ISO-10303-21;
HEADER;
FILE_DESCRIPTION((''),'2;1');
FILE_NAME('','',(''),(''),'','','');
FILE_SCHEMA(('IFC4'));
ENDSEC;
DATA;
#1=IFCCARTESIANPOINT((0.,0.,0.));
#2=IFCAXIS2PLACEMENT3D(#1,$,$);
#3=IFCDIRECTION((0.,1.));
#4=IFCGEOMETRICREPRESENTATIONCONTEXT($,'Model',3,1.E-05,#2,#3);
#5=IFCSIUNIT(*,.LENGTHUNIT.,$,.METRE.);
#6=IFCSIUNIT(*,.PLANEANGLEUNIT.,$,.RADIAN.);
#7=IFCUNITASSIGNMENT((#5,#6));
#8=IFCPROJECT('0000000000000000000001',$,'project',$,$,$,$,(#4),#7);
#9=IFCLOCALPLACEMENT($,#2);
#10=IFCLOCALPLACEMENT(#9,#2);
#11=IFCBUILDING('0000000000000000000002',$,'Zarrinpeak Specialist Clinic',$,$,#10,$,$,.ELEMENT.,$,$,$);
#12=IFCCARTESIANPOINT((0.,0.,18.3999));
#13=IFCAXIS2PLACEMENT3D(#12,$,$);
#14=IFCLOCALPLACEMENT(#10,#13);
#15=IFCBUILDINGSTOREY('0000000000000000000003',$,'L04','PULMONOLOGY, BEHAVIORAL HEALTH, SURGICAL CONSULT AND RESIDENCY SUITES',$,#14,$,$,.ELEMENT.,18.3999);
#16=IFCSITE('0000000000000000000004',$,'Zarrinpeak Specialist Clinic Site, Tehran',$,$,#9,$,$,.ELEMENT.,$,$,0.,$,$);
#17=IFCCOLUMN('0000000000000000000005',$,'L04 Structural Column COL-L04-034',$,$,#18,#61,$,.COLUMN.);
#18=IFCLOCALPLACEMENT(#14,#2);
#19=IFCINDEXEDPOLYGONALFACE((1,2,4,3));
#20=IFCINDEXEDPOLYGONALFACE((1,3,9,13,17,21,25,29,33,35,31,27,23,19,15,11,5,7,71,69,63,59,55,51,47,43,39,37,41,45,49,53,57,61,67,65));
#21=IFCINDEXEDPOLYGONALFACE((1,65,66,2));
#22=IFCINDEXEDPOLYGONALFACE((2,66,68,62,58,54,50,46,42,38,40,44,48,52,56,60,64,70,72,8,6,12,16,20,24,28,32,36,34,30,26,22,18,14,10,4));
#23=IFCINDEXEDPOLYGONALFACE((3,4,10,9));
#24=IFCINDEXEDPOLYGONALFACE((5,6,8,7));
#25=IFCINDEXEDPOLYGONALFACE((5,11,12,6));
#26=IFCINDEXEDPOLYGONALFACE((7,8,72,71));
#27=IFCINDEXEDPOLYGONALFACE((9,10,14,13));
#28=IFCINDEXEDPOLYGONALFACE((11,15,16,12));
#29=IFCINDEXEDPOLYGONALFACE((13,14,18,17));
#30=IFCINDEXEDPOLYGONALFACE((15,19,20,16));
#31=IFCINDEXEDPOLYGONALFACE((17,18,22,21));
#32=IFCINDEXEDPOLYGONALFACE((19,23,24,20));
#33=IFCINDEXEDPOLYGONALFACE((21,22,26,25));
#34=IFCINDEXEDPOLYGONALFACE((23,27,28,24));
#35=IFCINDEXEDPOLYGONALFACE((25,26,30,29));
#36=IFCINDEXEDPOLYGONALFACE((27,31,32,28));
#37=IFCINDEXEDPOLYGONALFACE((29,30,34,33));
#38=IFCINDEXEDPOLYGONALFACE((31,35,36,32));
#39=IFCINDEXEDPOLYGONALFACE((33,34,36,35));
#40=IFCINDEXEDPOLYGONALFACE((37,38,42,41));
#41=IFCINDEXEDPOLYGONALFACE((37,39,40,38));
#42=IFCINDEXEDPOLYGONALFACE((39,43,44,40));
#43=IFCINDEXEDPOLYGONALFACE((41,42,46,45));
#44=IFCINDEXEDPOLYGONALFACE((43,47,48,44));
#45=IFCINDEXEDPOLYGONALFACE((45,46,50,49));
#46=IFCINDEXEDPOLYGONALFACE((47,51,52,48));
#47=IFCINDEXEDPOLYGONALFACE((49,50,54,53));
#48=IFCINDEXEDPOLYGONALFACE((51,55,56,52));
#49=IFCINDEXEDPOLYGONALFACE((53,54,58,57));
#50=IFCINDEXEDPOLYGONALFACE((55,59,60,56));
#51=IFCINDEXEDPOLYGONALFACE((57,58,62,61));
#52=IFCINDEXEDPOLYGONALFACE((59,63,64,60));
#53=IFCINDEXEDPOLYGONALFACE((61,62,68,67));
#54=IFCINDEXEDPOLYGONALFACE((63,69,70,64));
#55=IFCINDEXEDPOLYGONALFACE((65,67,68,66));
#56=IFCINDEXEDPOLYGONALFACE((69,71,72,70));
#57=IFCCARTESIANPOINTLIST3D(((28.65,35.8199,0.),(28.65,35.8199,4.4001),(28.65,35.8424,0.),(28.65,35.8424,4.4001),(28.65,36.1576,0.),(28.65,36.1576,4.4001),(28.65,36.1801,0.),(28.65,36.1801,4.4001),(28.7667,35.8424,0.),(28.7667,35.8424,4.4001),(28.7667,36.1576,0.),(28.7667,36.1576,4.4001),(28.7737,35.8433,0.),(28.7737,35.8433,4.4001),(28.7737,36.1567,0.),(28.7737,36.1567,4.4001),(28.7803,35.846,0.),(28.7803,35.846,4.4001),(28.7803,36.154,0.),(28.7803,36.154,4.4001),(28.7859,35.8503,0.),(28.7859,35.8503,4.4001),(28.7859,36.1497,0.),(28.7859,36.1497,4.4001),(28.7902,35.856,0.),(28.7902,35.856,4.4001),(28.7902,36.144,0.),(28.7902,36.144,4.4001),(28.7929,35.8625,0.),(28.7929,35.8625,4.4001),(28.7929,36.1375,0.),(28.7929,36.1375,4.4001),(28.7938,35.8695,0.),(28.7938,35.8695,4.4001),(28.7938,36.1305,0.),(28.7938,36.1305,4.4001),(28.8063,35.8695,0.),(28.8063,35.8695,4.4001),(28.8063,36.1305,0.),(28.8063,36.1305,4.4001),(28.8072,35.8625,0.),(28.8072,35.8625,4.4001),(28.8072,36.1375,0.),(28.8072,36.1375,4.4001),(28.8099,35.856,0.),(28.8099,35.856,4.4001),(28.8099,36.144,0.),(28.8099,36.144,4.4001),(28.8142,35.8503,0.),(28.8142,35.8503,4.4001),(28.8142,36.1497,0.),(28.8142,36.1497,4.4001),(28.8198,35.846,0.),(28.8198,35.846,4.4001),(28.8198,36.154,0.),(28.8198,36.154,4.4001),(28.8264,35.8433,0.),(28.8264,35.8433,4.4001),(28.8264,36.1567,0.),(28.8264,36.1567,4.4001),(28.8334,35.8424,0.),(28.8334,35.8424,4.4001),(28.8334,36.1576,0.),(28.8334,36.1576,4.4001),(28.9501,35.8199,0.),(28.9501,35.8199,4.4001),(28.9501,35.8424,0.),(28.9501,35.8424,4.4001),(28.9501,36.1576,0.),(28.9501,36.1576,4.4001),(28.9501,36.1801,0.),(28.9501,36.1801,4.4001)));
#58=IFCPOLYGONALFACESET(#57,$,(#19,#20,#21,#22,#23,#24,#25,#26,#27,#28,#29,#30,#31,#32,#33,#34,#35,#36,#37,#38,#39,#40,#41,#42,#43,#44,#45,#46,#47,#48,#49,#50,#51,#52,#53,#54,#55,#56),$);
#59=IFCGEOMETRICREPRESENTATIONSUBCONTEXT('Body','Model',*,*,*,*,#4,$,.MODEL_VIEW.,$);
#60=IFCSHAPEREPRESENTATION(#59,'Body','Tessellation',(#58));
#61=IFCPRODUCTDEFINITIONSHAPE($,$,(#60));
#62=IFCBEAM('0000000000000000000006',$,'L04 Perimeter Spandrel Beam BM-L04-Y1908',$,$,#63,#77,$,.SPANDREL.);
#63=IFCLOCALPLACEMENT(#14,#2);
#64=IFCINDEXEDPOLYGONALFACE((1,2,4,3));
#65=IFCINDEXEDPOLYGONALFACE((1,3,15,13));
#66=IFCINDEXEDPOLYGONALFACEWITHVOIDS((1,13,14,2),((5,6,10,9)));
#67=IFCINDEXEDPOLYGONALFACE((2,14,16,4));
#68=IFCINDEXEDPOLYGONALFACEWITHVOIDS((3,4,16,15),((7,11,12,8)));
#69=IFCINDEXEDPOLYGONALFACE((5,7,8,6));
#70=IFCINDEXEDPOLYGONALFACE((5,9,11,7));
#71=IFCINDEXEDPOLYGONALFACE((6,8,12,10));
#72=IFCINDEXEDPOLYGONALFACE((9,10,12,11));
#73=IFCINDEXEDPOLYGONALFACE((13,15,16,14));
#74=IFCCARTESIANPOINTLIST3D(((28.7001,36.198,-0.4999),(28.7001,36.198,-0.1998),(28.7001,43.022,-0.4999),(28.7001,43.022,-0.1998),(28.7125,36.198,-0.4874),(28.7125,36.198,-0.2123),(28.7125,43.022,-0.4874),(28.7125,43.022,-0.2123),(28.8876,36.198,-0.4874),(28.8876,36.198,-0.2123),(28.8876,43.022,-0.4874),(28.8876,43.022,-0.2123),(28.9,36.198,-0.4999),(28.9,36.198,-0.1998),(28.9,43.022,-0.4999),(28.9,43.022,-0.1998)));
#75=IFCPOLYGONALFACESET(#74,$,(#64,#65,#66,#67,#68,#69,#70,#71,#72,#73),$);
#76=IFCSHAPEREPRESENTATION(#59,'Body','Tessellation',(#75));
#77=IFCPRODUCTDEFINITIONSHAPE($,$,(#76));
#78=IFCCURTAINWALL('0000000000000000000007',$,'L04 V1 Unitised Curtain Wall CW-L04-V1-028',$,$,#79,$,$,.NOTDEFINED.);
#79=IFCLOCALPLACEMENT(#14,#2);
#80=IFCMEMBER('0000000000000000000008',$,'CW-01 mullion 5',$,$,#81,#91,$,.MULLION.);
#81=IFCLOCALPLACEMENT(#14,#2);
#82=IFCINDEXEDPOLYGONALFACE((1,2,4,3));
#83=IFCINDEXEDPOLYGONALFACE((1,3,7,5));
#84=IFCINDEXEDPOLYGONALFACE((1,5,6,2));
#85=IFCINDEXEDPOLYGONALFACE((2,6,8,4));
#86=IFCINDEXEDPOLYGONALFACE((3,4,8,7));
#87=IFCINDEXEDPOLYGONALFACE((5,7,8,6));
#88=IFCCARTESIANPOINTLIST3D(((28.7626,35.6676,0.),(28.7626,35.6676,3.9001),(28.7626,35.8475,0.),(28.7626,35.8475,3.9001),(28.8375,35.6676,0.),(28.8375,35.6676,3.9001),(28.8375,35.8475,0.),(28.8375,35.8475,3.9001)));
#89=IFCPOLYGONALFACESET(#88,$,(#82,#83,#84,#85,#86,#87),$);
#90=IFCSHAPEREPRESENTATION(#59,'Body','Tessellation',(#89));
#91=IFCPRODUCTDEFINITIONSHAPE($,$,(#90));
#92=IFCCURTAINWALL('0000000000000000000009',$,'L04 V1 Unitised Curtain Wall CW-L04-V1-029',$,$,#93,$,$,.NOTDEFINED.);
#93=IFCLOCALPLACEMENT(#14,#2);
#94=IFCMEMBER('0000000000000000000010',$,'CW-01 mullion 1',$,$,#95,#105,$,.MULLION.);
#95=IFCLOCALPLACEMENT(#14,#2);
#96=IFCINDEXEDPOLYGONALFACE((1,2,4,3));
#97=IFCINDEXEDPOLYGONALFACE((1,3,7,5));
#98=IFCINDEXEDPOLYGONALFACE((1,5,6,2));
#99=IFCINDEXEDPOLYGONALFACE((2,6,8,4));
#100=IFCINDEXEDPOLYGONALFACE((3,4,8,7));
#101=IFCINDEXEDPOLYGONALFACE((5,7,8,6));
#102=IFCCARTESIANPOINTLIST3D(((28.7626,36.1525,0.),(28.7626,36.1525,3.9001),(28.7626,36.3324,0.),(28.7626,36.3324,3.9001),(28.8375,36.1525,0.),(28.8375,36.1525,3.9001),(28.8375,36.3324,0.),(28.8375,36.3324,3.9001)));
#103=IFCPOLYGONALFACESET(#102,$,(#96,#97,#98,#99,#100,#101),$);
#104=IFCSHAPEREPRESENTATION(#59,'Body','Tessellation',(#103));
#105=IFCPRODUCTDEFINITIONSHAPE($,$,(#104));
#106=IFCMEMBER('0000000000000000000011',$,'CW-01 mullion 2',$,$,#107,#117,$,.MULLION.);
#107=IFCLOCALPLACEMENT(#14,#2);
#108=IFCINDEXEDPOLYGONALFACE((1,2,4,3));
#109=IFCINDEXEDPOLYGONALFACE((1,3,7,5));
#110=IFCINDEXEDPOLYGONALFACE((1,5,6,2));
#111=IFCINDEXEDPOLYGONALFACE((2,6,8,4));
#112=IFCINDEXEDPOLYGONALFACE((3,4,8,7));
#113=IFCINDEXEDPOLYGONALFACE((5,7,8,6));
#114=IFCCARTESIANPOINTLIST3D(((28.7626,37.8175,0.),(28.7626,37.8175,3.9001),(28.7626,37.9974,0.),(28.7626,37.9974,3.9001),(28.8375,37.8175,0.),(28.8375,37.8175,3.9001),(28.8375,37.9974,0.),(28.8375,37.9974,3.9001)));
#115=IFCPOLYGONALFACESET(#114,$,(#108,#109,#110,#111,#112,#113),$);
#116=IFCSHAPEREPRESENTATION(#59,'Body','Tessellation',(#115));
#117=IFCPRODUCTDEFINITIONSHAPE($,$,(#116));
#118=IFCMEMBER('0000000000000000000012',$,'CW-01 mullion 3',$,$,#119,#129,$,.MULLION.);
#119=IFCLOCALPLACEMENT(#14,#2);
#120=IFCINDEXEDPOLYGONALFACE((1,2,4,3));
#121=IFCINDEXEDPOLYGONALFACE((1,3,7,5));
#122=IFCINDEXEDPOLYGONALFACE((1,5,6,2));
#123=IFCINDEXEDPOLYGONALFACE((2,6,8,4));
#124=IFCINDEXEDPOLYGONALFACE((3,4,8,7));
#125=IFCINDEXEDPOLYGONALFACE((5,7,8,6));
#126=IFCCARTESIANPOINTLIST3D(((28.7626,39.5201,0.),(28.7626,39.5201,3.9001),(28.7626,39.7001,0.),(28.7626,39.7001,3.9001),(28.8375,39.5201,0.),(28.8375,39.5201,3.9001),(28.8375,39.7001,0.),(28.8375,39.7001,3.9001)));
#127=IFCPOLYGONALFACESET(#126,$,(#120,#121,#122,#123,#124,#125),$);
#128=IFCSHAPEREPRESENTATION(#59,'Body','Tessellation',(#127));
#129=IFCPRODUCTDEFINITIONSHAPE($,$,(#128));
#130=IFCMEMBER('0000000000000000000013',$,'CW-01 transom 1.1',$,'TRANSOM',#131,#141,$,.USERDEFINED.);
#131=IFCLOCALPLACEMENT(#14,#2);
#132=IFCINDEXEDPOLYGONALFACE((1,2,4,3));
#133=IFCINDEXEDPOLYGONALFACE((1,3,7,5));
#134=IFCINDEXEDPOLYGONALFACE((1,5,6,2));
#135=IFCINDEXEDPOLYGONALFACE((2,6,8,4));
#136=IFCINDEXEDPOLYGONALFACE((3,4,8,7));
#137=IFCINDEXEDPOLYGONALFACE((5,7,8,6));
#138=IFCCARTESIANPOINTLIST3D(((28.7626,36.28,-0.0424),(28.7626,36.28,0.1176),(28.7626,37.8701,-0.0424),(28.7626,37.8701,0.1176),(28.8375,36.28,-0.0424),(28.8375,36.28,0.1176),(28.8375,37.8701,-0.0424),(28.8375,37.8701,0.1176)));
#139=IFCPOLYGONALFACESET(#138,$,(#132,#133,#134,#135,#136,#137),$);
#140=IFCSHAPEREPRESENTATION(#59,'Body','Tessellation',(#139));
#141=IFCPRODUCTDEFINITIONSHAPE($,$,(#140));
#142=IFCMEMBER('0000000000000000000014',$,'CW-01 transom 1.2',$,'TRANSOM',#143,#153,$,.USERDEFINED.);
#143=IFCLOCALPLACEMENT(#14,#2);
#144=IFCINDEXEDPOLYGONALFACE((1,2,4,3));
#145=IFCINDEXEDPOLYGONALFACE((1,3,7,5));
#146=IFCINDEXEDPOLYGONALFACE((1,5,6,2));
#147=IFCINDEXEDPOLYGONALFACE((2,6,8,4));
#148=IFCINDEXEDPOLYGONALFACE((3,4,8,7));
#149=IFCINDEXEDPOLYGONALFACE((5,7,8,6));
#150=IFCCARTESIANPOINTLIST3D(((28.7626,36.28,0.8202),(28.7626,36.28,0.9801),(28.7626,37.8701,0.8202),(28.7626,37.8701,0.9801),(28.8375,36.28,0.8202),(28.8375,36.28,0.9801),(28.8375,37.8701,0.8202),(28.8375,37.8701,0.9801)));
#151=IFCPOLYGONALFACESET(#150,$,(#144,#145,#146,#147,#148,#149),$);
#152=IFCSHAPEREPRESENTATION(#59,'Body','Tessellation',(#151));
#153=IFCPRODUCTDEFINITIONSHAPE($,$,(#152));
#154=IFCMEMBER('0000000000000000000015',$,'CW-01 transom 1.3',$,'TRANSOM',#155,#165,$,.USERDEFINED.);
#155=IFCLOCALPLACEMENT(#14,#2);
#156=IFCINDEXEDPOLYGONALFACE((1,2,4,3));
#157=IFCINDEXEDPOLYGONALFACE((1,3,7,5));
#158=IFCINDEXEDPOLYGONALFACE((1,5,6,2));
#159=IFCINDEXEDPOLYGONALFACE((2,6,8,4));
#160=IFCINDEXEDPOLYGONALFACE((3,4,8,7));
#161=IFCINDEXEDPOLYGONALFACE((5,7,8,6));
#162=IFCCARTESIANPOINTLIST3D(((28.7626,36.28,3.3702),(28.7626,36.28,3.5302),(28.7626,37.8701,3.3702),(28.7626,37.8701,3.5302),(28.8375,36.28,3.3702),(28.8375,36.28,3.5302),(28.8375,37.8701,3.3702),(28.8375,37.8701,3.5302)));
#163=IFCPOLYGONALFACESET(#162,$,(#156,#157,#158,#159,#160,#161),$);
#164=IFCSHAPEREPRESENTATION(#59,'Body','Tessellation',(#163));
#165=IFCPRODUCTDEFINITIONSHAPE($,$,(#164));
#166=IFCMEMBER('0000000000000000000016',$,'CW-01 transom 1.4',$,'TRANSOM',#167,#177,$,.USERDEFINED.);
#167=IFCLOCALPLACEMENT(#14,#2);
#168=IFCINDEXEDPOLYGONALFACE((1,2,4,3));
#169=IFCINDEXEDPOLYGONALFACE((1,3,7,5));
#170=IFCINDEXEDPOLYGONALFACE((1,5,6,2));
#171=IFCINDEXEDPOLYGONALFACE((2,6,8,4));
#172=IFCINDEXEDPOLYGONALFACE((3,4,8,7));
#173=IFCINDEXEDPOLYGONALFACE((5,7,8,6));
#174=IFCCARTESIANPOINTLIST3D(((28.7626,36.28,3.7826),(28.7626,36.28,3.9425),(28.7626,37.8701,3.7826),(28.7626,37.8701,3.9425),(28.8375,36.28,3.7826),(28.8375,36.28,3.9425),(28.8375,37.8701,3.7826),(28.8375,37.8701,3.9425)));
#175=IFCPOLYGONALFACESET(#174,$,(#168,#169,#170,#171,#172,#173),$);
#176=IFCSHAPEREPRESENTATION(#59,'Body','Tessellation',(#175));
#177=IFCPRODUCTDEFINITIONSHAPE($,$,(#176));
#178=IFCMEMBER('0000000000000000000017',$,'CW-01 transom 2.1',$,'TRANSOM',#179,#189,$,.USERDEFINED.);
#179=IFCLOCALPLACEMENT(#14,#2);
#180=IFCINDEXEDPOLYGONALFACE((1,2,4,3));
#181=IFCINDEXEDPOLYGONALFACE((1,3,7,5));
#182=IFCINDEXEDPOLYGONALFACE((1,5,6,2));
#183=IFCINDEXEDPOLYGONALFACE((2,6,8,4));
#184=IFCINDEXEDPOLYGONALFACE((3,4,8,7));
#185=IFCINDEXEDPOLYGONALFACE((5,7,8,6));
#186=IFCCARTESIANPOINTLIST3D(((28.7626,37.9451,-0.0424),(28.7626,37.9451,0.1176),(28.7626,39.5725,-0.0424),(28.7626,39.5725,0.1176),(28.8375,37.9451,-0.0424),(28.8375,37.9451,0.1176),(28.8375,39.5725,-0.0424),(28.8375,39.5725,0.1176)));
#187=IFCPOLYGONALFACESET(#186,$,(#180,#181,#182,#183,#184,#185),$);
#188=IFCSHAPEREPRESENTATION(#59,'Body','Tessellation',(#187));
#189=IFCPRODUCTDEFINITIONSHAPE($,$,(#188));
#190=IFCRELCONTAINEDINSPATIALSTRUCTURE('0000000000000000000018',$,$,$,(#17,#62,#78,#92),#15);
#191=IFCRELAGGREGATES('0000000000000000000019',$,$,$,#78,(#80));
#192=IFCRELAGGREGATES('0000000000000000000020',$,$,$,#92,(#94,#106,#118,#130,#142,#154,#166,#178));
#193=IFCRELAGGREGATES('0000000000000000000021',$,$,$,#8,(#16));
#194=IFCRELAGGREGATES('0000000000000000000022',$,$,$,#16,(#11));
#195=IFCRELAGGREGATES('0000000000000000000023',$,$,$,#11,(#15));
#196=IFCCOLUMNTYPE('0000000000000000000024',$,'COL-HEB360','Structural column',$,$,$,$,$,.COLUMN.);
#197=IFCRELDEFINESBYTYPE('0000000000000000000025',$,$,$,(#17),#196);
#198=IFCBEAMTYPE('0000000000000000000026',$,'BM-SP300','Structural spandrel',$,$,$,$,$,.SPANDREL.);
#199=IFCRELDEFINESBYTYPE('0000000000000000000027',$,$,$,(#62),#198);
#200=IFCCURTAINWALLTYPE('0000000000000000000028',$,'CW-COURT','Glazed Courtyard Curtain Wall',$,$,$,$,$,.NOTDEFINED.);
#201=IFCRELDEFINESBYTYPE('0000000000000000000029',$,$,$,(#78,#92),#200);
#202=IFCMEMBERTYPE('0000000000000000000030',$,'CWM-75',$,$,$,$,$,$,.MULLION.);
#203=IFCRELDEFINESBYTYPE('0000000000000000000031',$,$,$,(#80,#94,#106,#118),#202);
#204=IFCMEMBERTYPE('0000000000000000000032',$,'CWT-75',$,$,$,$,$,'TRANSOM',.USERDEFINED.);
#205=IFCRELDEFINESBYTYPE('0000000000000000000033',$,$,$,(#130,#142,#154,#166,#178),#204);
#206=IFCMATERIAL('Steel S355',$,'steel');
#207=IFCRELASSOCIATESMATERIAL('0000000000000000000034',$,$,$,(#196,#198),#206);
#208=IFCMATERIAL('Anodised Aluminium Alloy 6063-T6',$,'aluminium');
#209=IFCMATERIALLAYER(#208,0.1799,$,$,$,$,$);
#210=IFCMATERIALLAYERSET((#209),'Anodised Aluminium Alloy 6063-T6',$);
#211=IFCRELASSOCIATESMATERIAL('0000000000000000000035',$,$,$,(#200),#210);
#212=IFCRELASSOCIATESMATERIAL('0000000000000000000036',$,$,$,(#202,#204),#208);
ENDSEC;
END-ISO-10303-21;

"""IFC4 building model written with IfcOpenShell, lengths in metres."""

from ifc_helpers import new_model, si_unit, direction, frame, origin, origin_2d, place, context, subcontext, project, spatial, rectangle, hollow_rectangle, i_section, extrude, material, layer, layer_set, material_profile, profile_set, type_object, element, aggregate, save


model = new_model("IFC4")

# Units and contexts
model_context = context("Model", 3, precision=1e-05, world=origin(), true_north=direction((0.0, 1.0)))
body_context = subcontext(model_context, "Body", "Model", "MODEL_VIEW")
ifc_project = project(units=[si_unit("LENGTHUNIT", "METRE"), si_unit("PLANEANGLEUNIT", "RADIAN")], contexts=[model_context])

# Site, building, storey
site_placement = place(None, origin())
site = spatial("IfcSite", under=ifc_project, at=site_placement, Name="Zarrinpeak Specialist Clinic Site, Tehran", CompositionType="ELEMENT", RefElevation=0.0)
building_placement = place(site_placement, origin())
building = spatial("IfcBuilding", under=site, at=building_placement, Name="Zarrinpeak Specialist Clinic", CompositionType="ELEMENT")
storey_placement = place(building_placement, frame((0.0, 0.0, 18.3999)))
storey = spatial("IfcBuildingStorey", under=building, at=storey_placement, Name="L04", Description="PULMONOLOGY, BEHAVIORAL HEALTH, SURGICAL CONSULT AND RESIDENCY SUITES", CompositionType="ELEMENT", Elevation=18.3999)

# Column
ifc_material_1 = material(Name="Steel S355", Category="steel")
ifc_material_profile_1 = material_profile(ifc_material_1, i_section(OverallWidth=0.3, OverallDepth=0.3601, WebThickness=0.0125, FlangeThickness=0.0225, FilletRadius=0.0271, at=origin_2d()), Name="HEB 360")
ifc_profile_set_1 = profile_set([ifc_material_profile_1], Name="Steel S355")
column_type = type_object("IfcColumnType", Name="COL-HEB360", Description="Structural column", PredefinedType="COLUMN", material=ifc_profile_set_1)
column_placement = place(storey_placement, frame((28.8, 36.0, 0.0), z_axis=(0.0, 0.0, 1.0), x_axis=(1.0, 0.0, 0.0)))
element("IfcColumn", 1, at=column_placement, inside=storey, type_object=column_type, Name="L04 Structural Column COL-L04-034", PredefinedType="COLUMN", context=body_context, shape_type="SweptSolid", body=[
    extrude(i_section(OverallWidth=0.3, OverallDepth=0.3601, WebThickness=0.0125, FlangeThickness=0.0225, FilletRadius=0.0271, at=origin_2d()), origin(), (0.0, 0.0, 1.0), 4.4001),
])

# Beam
ifc_material_profile_2 = material_profile(ifc_material_1, hollow_rectangle(XDim=0.2, YDim=0.3, WallThickness=0.0125, at=origin_2d()), Name="RHS 300x200x12.5")
ifc_profile_set_2 = profile_set([ifc_material_profile_2], Name="Steel S355")
beam_type = type_object("IfcBeamType", Name="BM-SP300", Description="Structural spandrel", PredefinedType="SPANDREL", material=ifc_profile_set_2)
beam_placement = place(storey_placement, frame((28.8, 36.198, -0.3499), z_axis=(0.0, 1.0, 0.0), x_axis=(-1.0, 0.0, 0.0)))
element("IfcBeam", 2, at=beam_placement, inside=storey, type_object=beam_type, Name="L04 Perimeter Spandrel Beam BM-L04-Y1908", PredefinedType="SPANDREL", context=body_context, shape_type="SweptSolid", body=[
    extrude(hollow_rectangle(XDim=0.2, YDim=0.3, WallThickness=0.0125, at=origin_2d()), origin(), (0.0, 0.0, 1.0), 6.824),
])

# Curtain wall, member
ifc_material_2 = material(Name="Anodised Aluminium Alloy 6063-T6", Category="aluminium")
ifc_layer_1 = layer(ifc_material_2, 0.1799)
ifc_layer_set_1 = layer_set([ifc_layer_1], Name="Anodised Aluminium Alloy 6063-T6")
curtain_wall_type = type_object("IfcCurtainWallType", Name="CW-COURT", Description="Glazed Courtyard Curtain Wall", PredefinedType="NOTDEFINED", material=ifc_layer_set_1)
curtain_wall_1_placement = place(storey_placement, origin())
curtain_wall_1 = element("IfcCurtainWall", 3, at=curtain_wall_1_placement, inside=storey, type_object=curtain_wall_type, Name="L04 V1 Unitised Curtain Wall CW-L04-V1-028", PredefinedType="NOTDEFINED")
ifc_material_profile_3 = material_profile(ifc_material_2, rectangle(XDim=0.075, YDim=0.1799, at=origin_2d()), Name="ALU 75x180")
ifc_profile_set_3 = profile_set([ifc_material_profile_3], Name="Anodised Aluminium Alloy 6063-T6")
member_type_1 = type_object("IfcMemberType", Name="CWM-75", PredefinedType="MULLION", material=ifc_profile_set_3)
member_1_placement = place(storey_placement, frame((28.8, 35.7576, 0.0), z_axis=(0.0, 0.0, 1.0), x_axis=(-1.0, 0.0, 0.0)))
member_1 = element("IfcMember", 4, at=member_1_placement, type_object=member_type_1, Name="CW-01 mullion 5", PredefinedType="MULLION", context=body_context, shape_type="SweptSolid", body=[
    extrude(rectangle(XDim=0.075, YDim=0.1799, at=origin_2d()), origin(), (0.0, 0.0, 1.0), 3.9001),
])
aggregate(curtain_wall_1, [member_1])

# Curtain wall, members
curtain_wall_2_placement = place(storey_placement, origin())
curtain_wall_2 = element("IfcCurtainWall", 5, at=curtain_wall_2_placement, inside=storey, type_object=curtain_wall_type, Name="L04 V1 Unitised Curtain Wall CW-L04-V1-029", PredefinedType="NOTDEFINED")
member_2_placement = place(storey_placement, frame((28.8, 36.2424, 0.0), z_axis=(0.0, 0.0, 1.0), x_axis=(-1.0, 0.0, 0.0)))
member_2 = element("IfcMember", 6, at=member_2_placement, type_object=member_type_1, Name="CW-01 mullion 1", PredefinedType="MULLION", context=body_context, shape_type="SweptSolid", body=[
    extrude(rectangle(XDim=0.075, YDim=0.1799, at=origin_2d()), origin(), (0.0, 0.0, 1.0), 3.9001),
])
member_3_placement = place(storey_placement, frame((28.8, 37.9075, 0.0), z_axis=(0.0, 0.0, 1.0), x_axis=(-1.0, 0.0, 0.0)))
member_3 = element("IfcMember", 7, at=member_3_placement, type_object=member_type_1, Name="CW-01 mullion 2", PredefinedType="MULLION", context=body_context, shape_type="SweptSolid", body=[
    extrude(rectangle(XDim=0.075, YDim=0.1799, at=origin_2d()), origin(), (0.0, 0.0, 1.0), 3.9001),
])
member_4_placement = place(storey_placement, frame((28.8, 39.6101, 0.0), z_axis=(0.0, 0.0, 1.0), x_axis=(-1.0, 0.0, 0.0)))
member_4 = element("IfcMember", 8, at=member_4_placement, type_object=member_type_1, Name="CW-01 mullion 3", PredefinedType="MULLION", context=body_context, shape_type="SweptSolid", body=[
    extrude(rectangle(XDim=0.075, YDim=0.1799, at=origin_2d()), origin(), (0.0, 0.0, 1.0), 3.9001),
])
ifc_material_profile_4 = material_profile(ifc_material_2, rectangle(XDim=0.075, YDim=0.1599, at=origin_2d()), Name="ALU 75x160")
ifc_profile_set_4 = profile_set([ifc_material_profile_4], Name="Anodised Aluminium Alloy 6063-T6")
member_type_2 = type_object("IfcMemberType", Name="CWT-75", ElementType="TRANSOM", PredefinedType="USERDEFINED", material=ifc_profile_set_4)
member_5_placement = place(storey_placement, frame((28.8, 36.28, 0.0376), z_axis=(0.0, 1.0, 0.0), x_axis=(-1.0, 0.0, 0.0)))
member_5 = element("IfcMember", 9, at=member_5_placement, type_object=member_type_2, Name="CW-01 transom 1.1", ObjectType="TRANSOM", PredefinedType="USERDEFINED", context=body_context, shape_type="SweptSolid", body=[
    extrude(rectangle(XDim=0.075, YDim=0.1599, at=origin_2d()), origin(), (0.0, 0.0, 1.0), 1.5901),
])
member_6_placement = place(storey_placement, frame((28.8, 36.28, 0.9001), z_axis=(0.0, 1.0, 0.0), x_axis=(-1.0, 0.0, 0.0)))
member_6 = element("IfcMember", 10, at=member_6_placement, type_object=member_type_2, Name="CW-01 transom 1.2", ObjectType="TRANSOM", PredefinedType="USERDEFINED", context=body_context, shape_type="SweptSolid", body=[
    extrude(rectangle(XDim=0.075, YDim=0.1599, at=origin_2d()), origin(), (0.0, 0.0, 1.0), 1.5901),
])
member_7_placement = place(storey_placement, frame((28.8, 36.28, 3.4502), z_axis=(0.0, 1.0, 0.0), x_axis=(-1.0, 0.0, 0.0)))
member_7 = element("IfcMember", 11, at=member_7_placement, type_object=member_type_2, Name="CW-01 transom 1.3", ObjectType="TRANSOM", PredefinedType="USERDEFINED", context=body_context, shape_type="SweptSolid", body=[
    extrude(rectangle(XDim=0.075, YDim=0.1599, at=origin_2d()), origin(), (0.0, 0.0, 1.0), 1.5901),
])
member_8_placement = place(storey_placement, frame((28.8, 36.28, 3.8625), z_axis=(0.0, 1.0, 0.0), x_axis=(-1.0, 0.0, 0.0)))
member_8 = element("IfcMember", 12, at=member_8_placement, type_object=member_type_2, Name="CW-01 transom 1.4", ObjectType="TRANSOM", PredefinedType="USERDEFINED", context=body_context, shape_type="SweptSolid", body=[
    extrude(rectangle(XDim=0.075, YDim=0.1599, at=origin_2d()), origin(), (0.0, 0.0, 1.0), 1.5901),
])
member_9_placement = place(storey_placement, frame((28.8, 37.9451, 0.0376), z_axis=(0.0, 1.0, 0.0), x_axis=(-1.0, 0.0, 0.0)))
member_9 = element("IfcMember", 13, at=member_9_placement, type_object=member_type_2, Name="CW-01 transom 2.1", ObjectType="TRANSOM", PredefinedType="USERDEFINED", context=body_context, shape_type="SweptSolid", body=[
    extrude(rectangle(XDim=0.075, YDim=0.1599, at=origin_2d()), origin(), (0.0, 0.0, 1.0), 1.6274),
])
aggregate(curtain_wall_2, [member_2, member_3, member_4, member_5, member_6, member_7, member_8, member_9])

save(model, "model.ifc")
